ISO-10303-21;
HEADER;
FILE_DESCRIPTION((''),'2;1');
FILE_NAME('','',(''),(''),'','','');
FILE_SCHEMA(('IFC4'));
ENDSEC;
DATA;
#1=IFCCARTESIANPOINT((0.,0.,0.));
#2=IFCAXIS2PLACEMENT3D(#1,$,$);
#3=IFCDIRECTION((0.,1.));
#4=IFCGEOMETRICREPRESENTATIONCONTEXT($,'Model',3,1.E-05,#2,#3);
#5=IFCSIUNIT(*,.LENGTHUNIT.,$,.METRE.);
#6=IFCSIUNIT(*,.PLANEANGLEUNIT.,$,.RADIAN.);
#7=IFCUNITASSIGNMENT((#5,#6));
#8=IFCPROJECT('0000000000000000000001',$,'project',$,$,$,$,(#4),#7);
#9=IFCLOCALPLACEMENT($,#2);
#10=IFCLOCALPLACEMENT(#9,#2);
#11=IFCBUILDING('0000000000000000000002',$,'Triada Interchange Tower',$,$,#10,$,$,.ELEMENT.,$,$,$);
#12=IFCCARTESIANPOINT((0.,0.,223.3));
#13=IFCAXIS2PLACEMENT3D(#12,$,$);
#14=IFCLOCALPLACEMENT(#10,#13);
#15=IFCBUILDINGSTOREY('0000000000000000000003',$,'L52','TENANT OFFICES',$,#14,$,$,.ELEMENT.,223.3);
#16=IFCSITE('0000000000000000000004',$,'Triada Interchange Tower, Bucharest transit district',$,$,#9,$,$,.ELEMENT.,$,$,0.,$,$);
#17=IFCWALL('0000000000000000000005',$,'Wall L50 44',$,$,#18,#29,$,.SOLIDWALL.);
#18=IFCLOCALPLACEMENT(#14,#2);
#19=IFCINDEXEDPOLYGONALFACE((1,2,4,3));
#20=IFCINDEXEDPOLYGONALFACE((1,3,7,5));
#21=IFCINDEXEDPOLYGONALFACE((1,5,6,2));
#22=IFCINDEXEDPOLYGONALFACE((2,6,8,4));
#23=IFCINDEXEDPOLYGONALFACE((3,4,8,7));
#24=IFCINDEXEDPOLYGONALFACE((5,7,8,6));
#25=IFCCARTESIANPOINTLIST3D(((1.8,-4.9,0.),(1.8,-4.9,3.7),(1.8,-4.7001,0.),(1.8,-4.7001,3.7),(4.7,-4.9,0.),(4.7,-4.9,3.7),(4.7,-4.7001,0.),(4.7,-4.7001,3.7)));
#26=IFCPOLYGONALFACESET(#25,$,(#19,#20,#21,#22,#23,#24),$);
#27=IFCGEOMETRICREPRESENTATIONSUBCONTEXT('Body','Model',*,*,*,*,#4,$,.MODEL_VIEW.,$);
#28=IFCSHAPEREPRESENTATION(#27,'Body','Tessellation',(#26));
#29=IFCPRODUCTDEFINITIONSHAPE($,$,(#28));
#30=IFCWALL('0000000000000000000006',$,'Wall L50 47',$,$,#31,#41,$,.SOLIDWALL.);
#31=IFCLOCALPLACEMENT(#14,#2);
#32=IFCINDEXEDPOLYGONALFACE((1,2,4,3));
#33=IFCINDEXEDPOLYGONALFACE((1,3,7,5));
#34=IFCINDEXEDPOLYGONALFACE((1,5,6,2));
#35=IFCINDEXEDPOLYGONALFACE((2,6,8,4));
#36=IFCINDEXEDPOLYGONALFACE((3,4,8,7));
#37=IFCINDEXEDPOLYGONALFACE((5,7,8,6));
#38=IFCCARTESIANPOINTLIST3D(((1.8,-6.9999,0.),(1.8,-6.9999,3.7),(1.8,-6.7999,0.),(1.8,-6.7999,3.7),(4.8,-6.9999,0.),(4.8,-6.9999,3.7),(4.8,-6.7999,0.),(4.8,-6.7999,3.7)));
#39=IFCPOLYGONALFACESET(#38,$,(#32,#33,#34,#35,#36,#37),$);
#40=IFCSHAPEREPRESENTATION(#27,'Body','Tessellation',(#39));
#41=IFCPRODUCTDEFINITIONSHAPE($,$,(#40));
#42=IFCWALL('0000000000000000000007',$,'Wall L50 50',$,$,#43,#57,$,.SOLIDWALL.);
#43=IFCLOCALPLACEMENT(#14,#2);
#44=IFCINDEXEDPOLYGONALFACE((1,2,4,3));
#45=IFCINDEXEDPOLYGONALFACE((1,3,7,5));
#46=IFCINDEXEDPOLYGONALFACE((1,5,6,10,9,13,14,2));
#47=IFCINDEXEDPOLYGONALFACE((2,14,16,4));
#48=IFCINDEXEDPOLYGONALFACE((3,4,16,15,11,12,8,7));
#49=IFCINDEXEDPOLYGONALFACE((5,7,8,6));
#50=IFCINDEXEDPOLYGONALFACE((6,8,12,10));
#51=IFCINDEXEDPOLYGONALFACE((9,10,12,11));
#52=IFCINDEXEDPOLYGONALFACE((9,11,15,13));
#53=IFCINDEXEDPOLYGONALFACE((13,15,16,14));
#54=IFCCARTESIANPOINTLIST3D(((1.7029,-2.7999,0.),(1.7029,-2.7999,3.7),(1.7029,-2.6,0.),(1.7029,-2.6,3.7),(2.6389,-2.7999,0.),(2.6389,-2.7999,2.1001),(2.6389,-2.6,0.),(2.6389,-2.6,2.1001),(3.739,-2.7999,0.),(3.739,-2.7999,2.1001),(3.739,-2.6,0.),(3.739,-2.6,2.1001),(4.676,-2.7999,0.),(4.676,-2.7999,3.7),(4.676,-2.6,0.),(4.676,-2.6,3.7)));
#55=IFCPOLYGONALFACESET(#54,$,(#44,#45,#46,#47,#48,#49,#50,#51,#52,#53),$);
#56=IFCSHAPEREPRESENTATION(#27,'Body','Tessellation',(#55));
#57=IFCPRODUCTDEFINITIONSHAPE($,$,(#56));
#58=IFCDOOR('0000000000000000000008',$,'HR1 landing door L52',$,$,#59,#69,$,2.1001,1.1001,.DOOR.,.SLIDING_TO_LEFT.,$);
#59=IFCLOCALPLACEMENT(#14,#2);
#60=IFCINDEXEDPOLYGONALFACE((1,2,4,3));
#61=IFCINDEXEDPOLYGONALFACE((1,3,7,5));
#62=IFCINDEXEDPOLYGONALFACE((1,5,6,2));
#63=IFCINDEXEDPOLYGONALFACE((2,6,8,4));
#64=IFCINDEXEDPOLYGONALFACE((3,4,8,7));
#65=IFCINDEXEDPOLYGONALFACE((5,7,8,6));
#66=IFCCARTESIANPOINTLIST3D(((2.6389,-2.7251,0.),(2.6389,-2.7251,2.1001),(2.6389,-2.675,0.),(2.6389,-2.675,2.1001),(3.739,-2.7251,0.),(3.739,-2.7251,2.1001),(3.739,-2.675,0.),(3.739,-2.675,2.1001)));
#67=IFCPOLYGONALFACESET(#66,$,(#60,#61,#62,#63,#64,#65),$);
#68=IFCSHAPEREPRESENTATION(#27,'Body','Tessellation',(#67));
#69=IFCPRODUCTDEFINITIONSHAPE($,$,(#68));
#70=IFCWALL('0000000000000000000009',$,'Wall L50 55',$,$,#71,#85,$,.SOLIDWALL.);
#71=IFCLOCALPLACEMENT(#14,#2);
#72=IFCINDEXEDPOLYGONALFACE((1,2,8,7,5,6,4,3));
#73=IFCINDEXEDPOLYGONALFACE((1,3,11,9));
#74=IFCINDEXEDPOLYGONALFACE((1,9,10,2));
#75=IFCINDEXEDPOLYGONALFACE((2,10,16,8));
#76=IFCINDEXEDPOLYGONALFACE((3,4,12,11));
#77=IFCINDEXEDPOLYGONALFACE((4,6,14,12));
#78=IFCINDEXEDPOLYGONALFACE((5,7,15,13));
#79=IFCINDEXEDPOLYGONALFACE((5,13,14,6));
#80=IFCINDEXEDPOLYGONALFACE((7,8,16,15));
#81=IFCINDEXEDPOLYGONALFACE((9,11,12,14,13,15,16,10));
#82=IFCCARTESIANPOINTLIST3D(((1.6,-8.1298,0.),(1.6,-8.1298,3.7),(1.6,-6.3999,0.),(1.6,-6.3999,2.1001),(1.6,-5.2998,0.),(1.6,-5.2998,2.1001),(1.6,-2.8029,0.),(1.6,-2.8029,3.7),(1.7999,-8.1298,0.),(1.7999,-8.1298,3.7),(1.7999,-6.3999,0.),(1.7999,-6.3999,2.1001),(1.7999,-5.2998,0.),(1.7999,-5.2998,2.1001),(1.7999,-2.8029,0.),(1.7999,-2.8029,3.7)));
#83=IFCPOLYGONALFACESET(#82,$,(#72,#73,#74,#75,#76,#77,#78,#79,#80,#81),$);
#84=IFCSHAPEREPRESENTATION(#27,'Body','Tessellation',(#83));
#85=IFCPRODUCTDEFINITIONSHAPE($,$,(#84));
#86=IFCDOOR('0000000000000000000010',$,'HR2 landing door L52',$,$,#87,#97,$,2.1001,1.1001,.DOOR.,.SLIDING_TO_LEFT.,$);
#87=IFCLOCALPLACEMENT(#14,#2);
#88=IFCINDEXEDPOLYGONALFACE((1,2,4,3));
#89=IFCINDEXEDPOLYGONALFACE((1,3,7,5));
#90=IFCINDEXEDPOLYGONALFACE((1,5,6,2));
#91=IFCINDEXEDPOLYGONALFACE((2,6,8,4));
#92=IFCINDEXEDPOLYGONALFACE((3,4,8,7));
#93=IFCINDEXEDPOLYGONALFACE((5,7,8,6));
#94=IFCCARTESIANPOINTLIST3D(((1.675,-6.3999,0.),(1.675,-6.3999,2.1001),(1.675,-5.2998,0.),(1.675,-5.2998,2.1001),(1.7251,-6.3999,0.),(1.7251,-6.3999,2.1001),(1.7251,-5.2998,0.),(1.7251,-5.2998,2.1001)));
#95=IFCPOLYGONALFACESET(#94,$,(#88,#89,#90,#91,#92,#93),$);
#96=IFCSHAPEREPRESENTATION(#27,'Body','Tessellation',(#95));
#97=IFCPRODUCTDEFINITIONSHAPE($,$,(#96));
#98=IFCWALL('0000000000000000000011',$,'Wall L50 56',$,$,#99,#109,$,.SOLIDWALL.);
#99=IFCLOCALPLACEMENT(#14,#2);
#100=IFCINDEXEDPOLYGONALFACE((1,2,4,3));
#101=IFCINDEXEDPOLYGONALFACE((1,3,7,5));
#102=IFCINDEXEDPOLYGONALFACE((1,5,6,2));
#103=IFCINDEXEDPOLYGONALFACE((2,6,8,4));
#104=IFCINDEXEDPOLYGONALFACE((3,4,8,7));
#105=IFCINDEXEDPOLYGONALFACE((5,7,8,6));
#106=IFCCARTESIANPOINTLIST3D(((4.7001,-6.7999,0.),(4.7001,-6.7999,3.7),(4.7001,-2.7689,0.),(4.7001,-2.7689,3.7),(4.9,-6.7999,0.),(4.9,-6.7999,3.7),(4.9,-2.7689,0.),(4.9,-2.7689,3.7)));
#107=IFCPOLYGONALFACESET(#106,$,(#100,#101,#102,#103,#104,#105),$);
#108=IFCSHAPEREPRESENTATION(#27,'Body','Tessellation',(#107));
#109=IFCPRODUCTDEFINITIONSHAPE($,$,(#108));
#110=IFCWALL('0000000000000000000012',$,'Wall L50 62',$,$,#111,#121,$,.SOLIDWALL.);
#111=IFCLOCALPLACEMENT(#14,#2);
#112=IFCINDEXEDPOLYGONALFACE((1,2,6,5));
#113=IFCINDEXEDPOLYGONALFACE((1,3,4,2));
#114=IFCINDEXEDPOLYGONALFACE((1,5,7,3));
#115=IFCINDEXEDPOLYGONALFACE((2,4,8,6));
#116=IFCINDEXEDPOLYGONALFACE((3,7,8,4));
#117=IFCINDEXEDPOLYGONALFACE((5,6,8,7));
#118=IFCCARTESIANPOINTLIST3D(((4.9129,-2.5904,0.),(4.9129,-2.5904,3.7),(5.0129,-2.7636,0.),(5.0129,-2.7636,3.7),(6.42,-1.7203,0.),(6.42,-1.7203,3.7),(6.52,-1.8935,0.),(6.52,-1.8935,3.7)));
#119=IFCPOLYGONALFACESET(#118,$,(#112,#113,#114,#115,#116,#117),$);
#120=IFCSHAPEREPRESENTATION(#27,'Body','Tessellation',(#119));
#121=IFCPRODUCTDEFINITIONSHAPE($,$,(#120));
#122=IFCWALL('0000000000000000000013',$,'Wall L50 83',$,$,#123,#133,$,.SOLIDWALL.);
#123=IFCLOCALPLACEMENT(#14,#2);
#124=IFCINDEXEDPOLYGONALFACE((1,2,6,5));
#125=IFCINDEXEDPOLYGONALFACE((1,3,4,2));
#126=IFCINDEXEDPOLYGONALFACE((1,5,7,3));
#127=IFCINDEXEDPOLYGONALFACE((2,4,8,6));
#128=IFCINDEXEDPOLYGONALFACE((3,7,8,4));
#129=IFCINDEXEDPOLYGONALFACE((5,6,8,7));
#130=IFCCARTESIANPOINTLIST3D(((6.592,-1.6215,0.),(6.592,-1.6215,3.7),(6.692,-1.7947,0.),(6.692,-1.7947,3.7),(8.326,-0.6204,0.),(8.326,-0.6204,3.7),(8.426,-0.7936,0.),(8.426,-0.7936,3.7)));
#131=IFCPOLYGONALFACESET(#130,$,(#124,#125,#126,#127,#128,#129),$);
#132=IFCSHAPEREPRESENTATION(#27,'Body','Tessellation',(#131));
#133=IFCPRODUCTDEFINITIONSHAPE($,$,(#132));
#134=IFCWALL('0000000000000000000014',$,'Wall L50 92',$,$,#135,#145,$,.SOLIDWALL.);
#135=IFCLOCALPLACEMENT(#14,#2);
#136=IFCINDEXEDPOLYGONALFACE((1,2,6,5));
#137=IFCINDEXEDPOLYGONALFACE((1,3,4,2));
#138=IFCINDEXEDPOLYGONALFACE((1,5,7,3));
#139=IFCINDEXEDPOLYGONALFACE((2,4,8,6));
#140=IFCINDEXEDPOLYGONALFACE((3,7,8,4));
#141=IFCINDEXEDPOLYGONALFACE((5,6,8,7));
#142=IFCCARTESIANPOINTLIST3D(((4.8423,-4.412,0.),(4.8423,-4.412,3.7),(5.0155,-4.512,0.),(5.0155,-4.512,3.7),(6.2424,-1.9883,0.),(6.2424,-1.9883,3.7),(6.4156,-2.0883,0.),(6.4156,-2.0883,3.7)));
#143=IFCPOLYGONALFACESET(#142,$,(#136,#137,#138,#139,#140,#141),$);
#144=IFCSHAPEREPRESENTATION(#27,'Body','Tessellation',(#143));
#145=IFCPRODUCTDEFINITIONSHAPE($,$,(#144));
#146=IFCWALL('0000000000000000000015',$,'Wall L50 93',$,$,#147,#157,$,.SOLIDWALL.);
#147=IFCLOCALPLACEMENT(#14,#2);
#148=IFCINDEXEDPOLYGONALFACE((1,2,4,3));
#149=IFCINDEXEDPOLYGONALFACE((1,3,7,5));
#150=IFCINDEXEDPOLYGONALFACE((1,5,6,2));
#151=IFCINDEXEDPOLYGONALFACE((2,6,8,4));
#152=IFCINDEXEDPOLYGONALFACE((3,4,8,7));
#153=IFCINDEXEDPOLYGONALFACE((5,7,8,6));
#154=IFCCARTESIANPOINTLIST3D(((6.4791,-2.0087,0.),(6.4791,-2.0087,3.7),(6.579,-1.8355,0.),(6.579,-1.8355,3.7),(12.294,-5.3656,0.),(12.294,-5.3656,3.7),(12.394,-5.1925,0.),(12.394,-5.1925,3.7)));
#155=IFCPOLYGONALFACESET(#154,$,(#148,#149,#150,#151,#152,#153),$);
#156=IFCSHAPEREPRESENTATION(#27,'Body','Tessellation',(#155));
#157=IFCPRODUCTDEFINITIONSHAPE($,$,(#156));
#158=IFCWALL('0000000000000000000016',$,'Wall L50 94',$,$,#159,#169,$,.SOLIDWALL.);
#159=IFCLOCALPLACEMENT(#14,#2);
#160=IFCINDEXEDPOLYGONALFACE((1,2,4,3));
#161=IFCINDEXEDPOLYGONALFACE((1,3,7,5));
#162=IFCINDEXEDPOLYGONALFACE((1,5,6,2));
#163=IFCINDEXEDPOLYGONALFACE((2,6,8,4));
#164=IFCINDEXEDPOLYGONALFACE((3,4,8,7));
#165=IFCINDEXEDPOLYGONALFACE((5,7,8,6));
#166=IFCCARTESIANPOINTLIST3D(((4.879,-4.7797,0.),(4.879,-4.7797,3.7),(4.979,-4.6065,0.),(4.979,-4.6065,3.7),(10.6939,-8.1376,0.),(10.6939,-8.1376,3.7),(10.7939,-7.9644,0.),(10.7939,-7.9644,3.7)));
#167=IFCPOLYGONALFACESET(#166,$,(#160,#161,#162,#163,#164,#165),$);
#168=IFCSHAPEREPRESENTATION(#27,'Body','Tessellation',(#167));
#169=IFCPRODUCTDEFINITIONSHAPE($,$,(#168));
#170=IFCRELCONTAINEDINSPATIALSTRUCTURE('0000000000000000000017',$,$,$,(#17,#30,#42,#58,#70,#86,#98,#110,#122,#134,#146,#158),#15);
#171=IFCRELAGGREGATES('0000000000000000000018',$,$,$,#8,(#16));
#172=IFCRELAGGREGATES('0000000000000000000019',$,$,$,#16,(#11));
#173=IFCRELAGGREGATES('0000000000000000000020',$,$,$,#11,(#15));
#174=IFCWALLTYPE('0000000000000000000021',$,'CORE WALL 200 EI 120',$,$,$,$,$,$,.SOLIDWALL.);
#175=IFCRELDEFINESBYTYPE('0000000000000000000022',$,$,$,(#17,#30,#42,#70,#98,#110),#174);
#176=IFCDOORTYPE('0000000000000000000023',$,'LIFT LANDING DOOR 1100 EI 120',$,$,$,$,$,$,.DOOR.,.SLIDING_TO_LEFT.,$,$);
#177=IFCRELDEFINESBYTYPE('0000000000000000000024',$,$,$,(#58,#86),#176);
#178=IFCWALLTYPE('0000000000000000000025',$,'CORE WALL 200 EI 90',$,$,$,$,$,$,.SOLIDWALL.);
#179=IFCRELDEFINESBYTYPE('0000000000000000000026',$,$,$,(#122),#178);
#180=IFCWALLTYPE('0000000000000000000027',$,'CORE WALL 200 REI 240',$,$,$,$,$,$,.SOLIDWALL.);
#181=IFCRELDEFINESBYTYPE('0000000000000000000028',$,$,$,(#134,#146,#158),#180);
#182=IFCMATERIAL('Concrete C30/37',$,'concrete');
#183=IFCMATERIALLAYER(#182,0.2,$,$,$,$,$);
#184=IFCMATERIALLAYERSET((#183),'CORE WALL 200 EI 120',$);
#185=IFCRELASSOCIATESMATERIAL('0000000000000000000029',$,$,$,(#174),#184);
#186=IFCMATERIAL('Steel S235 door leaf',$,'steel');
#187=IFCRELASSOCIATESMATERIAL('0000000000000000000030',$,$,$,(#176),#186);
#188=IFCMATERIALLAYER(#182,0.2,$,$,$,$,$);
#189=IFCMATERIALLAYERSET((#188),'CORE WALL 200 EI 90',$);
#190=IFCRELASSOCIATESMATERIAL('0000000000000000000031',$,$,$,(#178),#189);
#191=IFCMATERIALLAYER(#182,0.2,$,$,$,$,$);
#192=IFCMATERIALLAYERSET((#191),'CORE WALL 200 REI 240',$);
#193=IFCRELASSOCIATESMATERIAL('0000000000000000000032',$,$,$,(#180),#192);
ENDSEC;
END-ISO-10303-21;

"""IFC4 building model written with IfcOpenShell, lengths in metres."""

from ifc_helpers import new_model, si_unit, direction, frame, frame_2d, origin, place, context, subcontext, project, spatial, rectangle, extrude, material, layer, layer_set, type_object, element, fill, save


model = new_model("IFC4")

# Units and contexts
model_context = context("Model", 3, precision=1e-05, world=origin(), true_north=direction((0.0, 1.0)))
body_context = subcontext(model_context, "Body", "Model", "MODEL_VIEW")
ifc_project = project(units=[si_unit("LENGTHUNIT", "METRE"), si_unit("PLANEANGLEUNIT", "RADIAN")], contexts=[model_context])

# Site, building, storey
site_placement = place(None, origin())
site = spatial("IfcSite", under=ifc_project, at=site_placement, Name="Triada Interchange Tower, Bucharest transit district", CompositionType="ELEMENT", RefElevation=0.0)
building_placement = place(site_placement, origin())
building = spatial("IfcBuilding", under=site, at=building_placement, Name="Triada Interchange Tower", CompositionType="ELEMENT")
storey_placement = place(building_placement, frame((0.0, 0.0, 223.3)))
storey = spatial("IfcBuildingStorey", under=building, at=storey_placement, Name="L52", Description="TENANT OFFICES", CompositionType="ELEMENT", Elevation=223.3)

# Walls
ifc_material_1 = material(Name="Concrete C30/37", Category="concrete")
ifc_layer_1 = layer(ifc_material_1, 0.2)
ifc_layer_set_1 = layer_set([ifc_layer_1], Name="CORE WALL 200 EI 120")
wall_type_1 = type_object("IfcWallType", Name="CORE WALL 200 EI 120", PredefinedType="SOLIDWALL", material=ifc_layer_set_1)
wall_1_placement = place(storey_placement, frame((1.8, -4.8, 0.0), z_axis=(0.0, 0.0, 1.0), x_axis=(1.0, 0.0, 0.0)))
element("IfcWall", 1, at=wall_1_placement, inside=storey, type_object=wall_type_1, Name="Wall L50 44", PredefinedType="SOLIDWALL", context=body_context, shape_type="SweptSolid", body=[
    extrude(rectangle(XDim=2.8999, YDim=0.2, at=frame_2d((1.45, 0.0))), origin(), (0.0, 0.0, 1.0), 3.7),
])
wall_2_placement = place(storey_placement, frame((1.8, -6.8999, 0.0), z_axis=(0.0, 0.0, 1.0), x_axis=(1.0, 0.0, 0.0)))
element("IfcWall", 2, at=wall_2_placement, inside=storey, type_object=wall_type_1, Name="Wall L50 47", PredefinedType="SOLIDWALL", context=body_context, shape_type="SweptSolid", body=[
    extrude(rectangle(XDim=3.0, YDim=0.2, at=frame_2d((1.5, 0.0))), origin(), (0.0, 0.0, 1.0), 3.7),
])

# Walls, openings, doors
wall_3_placement = place(storey_placement, frame((1.7029, -2.7, 0.0), z_axis=(0.0, 0.0, 1.0), x_axis=(1.0, 0.0, 0.0)))
wall_3 = element("IfcWall", 3, at=wall_3_placement, inside=storey, type_object=wall_type_1, Name="Wall L50 50", PredefinedType="SOLIDWALL", context=body_context, shape_type="SweptSolid", body=[
    extrude(rectangle(XDim=2.9731, YDim=0.2, at=frame_2d((1.4866, 0.0))), origin(), (0.0, 0.0, 1.0), 3.7),
])
opening_1_placement = place(wall_3_placement, frame((0.936, 0.0, 0.0)))
opening_1 = element("IfcOpeningElement", 4, at=opening_1_placement, cuts=wall_3, PredefinedType="OPENING", context=body_context, shape_type="SweptSolid", body=[
    extrude(rectangle(XDim=1.1001, YDim=2.1001, at=frame_2d((0.55, 1.05))), frame((0.0, 0.1099, 0.0), z_axis=(0.0, -1.0, 0.0), x_axis=(1.0, 0.0, 0.0)), (0.0, 0.0, 1.0), 0.22),
])
ifc_material_2 = material(Name="Steel S235 door leaf", Category="steel")
door_type_1 = type_object("IfcDoorType", Name="LIFT LANDING DOOR 1100 EI 120", OperationType="SLIDING_TO_LEFT", PredefinedType="DOOR", material=ifc_material_2)
door_1_placement = place(opening_1_placement, origin())
door_1 = element("IfcDoor", 5, at=door_1_placement, inside=storey, type_object=door_type_1, Name="HR1 landing door L52", OperationType="SLIDING_TO_LEFT", OverallHeight=2.1001, OverallWidth=1.1001, PredefinedType="DOOR", context=body_context, shape_type="SweptSolid", body=[
    extrude(rectangle(XDim=1.1001, YDim=2.1001, at=frame_2d((0.55, 1.05))), frame((0.0, 0.0249, 0.0), z_axis=(0.0, -1.0, 0.0), x_axis=(1.0, 0.0, 0.0)), (0.0, 0.0, 1.0), 0.05),
])
fill(opening_1, door_1)
wall_4_placement = place(storey_placement, frame((1.7, -8.1299, 0.0), z_axis=(0.0, 0.0, 1.0), x_axis=(0.0, 1.0, 0.0)))
wall_4 = element("IfcWall", 6, at=wall_4_placement, inside=storey, type_object=wall_type_1, Name="Wall L50 55", PredefinedType="SOLIDWALL", context=body_context, shape_type="SweptSolid", body=[
    extrude(rectangle(XDim=5.3269, YDim=0.2, at=frame_2d((2.6636, 0.0))), origin(), (0.0, 0.0, 1.0), 3.7),
])
opening_2_placement = place(wall_4_placement, frame((1.73, 0.0, 0.0)))
opening_2 = element("IfcOpeningElement", 7, at=opening_2_placement, cuts=wall_4, PredefinedType="OPENING", context=body_context, shape_type="SweptSolid", body=[
    extrude(rectangle(XDim=1.1001, YDim=2.1001, at=frame_2d((0.55, 1.05))), frame((0.0, 0.1099, 0.0), z_axis=(0.0, -1.0, 0.0), x_axis=(1.0, 0.0, 0.0)), (0.0, 0.0, 1.0), 0.22),
])
door_2_placement = place(opening_2_placement, origin())
door_2 = element("IfcDoor", 8, at=door_2_placement, inside=storey, type_object=door_type_1, Name="HR2 landing door L52", OperationType="SLIDING_TO_LEFT", OverallHeight=2.1001, OverallWidth=1.1001, PredefinedType="DOOR", context=body_context, shape_type="SweptSolid", body=[
    extrude(rectangle(XDim=1.1001, YDim=2.1001, at=frame_2d((0.55, 1.05))), frame((0.0, 0.0249, 0.0), z_axis=(0.0, -1.0, 0.0), x_axis=(1.0, 0.0, 0.0)), (0.0, 0.0, 1.0), 0.05),
])
fill(opening_2, door_2)

# Walls
wall_5_placement = place(storey_placement, frame((4.8, -6.8, 0.0), z_axis=(0.0, 0.0, 1.0), x_axis=(0.0, 1.0, 0.0)))
element("IfcWall", 9, at=wall_5_placement, inside=storey, type_object=wall_type_1, Name="Wall L50 56", PredefinedType="SOLIDWALL", context=body_context, shape_type="SweptSolid", body=[
    extrude(rectangle(XDim=4.031, YDim=0.2, at=frame_2d((2.0156, 0.0))), origin(), (0.0, 0.0, 1.0), 3.7),
])
wall_6_placement = place(storey_placement, frame((4.9629, -2.677, 0.0), z_axis=(0.0, 0.0, 1.0), x_axis=(0.866024, 0.500002, 0.0)))
element("IfcWall", 10, at=wall_6_placement, inside=storey, type_object=wall_type_1, Name="Wall L50 62", PredefinedType="SOLIDWALL", context=body_context, shape_type="SweptSolid", body=[
    extrude(rectangle(XDim=1.7402, YDim=0.2, at=frame_2d((0.8701, 0.0))), origin(), (0.0, 0.0, 1.0), 3.7),
])
ifc_layer_2 = layer(ifc_material_1, 0.2)
ifc_layer_set_2 = layer_set([ifc_layer_2], Name="CORE WALL 200 EI 90")
wall_type_2 = type_object("IfcWallType", Name="CORE WALL 200 EI 90", PredefinedType="SOLIDWALL", material=ifc_layer_set_2)
wall_7_placement = place(storey_placement, frame((6.6421, -1.708, 0.0), z_axis=(0.0, 0.0, 1.0), x_axis=(0.866043, 0.499969, 0.0)))
element("IfcWall", 11, at=wall_7_placement, inside=storey, type_object=wall_type_2, Name="Wall L50 83", PredefinedType="SOLIDWALL", context=body_context, shape_type="SweptSolid", body=[
    extrude(rectangle(XDim=2.0022, YDim=0.2, at=frame_2d((1.001, 0.0))), origin(), (0.0, 0.0, 1.0), 3.7),
])
ifc_layer_3 = layer(ifc_material_1, 0.2)
ifc_layer_set_3 = layer_set([ifc_layer_3], Name="CORE WALL 200 REI 240")
wall_type_3 = type_object("IfcWallType", Name="CORE WALL 200 REI 240", PredefinedType="SOLIDWALL", material=ifc_layer_set_3)
wall_8_placement = place(storey_placement, frame((4.929, -4.4619, 0.0), z_axis=(0.0, 0.0, 1.0), x_axis=(0.500201, 0.86591, 0.0)))
element("IfcWall", 12, at=wall_8_placement, inside=storey, type_object=wall_type_3, Name="Wall L50 92", PredefinedType="SOLIDWALL", context=body_context, shape_type="SweptSolid", body=[
    extrude(rectangle(XDim=2.7991, YDim=0.2, at=frame_2d((1.3994, 0.0))), origin(), (0.0, 0.0, 1.0), 3.7),
])
wall_9_placement = place(storey_placement, frame((6.5291, -1.9221, 0.0), z_axis=(0.0, 0.0, 1.0), x_axis=(0.866046, -0.499964, 0.0)))
element("IfcWall", 13, at=wall_9_placement, inside=storey, type_object=wall_type_3, Name="Wall L50 93", PredefinedType="SOLIDWALL", context=body_context, shape_type="SweptSolid", body=[
    extrude(rectangle(XDim=6.7144, YDim=0.2, at=frame_2d((3.3572, 0.0))), origin(), (0.0, 0.0, 1.0), 3.7),
])
wall_10_placement = place(storey_placement, frame((4.929, -4.6931, 0.0), z_axis=(0.0, 0.0, 1.0), x_axis=(0.865983, -0.500073, 0.0)))
element("IfcWall", 14, at=wall_10_placement, inside=storey, type_object=wall_type_3, Name="Wall L50 94", PredefinedType="SOLIDWALL", context=body_context, shape_type="SweptSolid", body=[
    extrude(rectangle(XDim=6.7148, YDim=0.2, at=frame_2d((3.3574, 0.0))), origin(), (0.0, 0.0, 1.0), 3.7),
])

save(model, "model.ifc")
